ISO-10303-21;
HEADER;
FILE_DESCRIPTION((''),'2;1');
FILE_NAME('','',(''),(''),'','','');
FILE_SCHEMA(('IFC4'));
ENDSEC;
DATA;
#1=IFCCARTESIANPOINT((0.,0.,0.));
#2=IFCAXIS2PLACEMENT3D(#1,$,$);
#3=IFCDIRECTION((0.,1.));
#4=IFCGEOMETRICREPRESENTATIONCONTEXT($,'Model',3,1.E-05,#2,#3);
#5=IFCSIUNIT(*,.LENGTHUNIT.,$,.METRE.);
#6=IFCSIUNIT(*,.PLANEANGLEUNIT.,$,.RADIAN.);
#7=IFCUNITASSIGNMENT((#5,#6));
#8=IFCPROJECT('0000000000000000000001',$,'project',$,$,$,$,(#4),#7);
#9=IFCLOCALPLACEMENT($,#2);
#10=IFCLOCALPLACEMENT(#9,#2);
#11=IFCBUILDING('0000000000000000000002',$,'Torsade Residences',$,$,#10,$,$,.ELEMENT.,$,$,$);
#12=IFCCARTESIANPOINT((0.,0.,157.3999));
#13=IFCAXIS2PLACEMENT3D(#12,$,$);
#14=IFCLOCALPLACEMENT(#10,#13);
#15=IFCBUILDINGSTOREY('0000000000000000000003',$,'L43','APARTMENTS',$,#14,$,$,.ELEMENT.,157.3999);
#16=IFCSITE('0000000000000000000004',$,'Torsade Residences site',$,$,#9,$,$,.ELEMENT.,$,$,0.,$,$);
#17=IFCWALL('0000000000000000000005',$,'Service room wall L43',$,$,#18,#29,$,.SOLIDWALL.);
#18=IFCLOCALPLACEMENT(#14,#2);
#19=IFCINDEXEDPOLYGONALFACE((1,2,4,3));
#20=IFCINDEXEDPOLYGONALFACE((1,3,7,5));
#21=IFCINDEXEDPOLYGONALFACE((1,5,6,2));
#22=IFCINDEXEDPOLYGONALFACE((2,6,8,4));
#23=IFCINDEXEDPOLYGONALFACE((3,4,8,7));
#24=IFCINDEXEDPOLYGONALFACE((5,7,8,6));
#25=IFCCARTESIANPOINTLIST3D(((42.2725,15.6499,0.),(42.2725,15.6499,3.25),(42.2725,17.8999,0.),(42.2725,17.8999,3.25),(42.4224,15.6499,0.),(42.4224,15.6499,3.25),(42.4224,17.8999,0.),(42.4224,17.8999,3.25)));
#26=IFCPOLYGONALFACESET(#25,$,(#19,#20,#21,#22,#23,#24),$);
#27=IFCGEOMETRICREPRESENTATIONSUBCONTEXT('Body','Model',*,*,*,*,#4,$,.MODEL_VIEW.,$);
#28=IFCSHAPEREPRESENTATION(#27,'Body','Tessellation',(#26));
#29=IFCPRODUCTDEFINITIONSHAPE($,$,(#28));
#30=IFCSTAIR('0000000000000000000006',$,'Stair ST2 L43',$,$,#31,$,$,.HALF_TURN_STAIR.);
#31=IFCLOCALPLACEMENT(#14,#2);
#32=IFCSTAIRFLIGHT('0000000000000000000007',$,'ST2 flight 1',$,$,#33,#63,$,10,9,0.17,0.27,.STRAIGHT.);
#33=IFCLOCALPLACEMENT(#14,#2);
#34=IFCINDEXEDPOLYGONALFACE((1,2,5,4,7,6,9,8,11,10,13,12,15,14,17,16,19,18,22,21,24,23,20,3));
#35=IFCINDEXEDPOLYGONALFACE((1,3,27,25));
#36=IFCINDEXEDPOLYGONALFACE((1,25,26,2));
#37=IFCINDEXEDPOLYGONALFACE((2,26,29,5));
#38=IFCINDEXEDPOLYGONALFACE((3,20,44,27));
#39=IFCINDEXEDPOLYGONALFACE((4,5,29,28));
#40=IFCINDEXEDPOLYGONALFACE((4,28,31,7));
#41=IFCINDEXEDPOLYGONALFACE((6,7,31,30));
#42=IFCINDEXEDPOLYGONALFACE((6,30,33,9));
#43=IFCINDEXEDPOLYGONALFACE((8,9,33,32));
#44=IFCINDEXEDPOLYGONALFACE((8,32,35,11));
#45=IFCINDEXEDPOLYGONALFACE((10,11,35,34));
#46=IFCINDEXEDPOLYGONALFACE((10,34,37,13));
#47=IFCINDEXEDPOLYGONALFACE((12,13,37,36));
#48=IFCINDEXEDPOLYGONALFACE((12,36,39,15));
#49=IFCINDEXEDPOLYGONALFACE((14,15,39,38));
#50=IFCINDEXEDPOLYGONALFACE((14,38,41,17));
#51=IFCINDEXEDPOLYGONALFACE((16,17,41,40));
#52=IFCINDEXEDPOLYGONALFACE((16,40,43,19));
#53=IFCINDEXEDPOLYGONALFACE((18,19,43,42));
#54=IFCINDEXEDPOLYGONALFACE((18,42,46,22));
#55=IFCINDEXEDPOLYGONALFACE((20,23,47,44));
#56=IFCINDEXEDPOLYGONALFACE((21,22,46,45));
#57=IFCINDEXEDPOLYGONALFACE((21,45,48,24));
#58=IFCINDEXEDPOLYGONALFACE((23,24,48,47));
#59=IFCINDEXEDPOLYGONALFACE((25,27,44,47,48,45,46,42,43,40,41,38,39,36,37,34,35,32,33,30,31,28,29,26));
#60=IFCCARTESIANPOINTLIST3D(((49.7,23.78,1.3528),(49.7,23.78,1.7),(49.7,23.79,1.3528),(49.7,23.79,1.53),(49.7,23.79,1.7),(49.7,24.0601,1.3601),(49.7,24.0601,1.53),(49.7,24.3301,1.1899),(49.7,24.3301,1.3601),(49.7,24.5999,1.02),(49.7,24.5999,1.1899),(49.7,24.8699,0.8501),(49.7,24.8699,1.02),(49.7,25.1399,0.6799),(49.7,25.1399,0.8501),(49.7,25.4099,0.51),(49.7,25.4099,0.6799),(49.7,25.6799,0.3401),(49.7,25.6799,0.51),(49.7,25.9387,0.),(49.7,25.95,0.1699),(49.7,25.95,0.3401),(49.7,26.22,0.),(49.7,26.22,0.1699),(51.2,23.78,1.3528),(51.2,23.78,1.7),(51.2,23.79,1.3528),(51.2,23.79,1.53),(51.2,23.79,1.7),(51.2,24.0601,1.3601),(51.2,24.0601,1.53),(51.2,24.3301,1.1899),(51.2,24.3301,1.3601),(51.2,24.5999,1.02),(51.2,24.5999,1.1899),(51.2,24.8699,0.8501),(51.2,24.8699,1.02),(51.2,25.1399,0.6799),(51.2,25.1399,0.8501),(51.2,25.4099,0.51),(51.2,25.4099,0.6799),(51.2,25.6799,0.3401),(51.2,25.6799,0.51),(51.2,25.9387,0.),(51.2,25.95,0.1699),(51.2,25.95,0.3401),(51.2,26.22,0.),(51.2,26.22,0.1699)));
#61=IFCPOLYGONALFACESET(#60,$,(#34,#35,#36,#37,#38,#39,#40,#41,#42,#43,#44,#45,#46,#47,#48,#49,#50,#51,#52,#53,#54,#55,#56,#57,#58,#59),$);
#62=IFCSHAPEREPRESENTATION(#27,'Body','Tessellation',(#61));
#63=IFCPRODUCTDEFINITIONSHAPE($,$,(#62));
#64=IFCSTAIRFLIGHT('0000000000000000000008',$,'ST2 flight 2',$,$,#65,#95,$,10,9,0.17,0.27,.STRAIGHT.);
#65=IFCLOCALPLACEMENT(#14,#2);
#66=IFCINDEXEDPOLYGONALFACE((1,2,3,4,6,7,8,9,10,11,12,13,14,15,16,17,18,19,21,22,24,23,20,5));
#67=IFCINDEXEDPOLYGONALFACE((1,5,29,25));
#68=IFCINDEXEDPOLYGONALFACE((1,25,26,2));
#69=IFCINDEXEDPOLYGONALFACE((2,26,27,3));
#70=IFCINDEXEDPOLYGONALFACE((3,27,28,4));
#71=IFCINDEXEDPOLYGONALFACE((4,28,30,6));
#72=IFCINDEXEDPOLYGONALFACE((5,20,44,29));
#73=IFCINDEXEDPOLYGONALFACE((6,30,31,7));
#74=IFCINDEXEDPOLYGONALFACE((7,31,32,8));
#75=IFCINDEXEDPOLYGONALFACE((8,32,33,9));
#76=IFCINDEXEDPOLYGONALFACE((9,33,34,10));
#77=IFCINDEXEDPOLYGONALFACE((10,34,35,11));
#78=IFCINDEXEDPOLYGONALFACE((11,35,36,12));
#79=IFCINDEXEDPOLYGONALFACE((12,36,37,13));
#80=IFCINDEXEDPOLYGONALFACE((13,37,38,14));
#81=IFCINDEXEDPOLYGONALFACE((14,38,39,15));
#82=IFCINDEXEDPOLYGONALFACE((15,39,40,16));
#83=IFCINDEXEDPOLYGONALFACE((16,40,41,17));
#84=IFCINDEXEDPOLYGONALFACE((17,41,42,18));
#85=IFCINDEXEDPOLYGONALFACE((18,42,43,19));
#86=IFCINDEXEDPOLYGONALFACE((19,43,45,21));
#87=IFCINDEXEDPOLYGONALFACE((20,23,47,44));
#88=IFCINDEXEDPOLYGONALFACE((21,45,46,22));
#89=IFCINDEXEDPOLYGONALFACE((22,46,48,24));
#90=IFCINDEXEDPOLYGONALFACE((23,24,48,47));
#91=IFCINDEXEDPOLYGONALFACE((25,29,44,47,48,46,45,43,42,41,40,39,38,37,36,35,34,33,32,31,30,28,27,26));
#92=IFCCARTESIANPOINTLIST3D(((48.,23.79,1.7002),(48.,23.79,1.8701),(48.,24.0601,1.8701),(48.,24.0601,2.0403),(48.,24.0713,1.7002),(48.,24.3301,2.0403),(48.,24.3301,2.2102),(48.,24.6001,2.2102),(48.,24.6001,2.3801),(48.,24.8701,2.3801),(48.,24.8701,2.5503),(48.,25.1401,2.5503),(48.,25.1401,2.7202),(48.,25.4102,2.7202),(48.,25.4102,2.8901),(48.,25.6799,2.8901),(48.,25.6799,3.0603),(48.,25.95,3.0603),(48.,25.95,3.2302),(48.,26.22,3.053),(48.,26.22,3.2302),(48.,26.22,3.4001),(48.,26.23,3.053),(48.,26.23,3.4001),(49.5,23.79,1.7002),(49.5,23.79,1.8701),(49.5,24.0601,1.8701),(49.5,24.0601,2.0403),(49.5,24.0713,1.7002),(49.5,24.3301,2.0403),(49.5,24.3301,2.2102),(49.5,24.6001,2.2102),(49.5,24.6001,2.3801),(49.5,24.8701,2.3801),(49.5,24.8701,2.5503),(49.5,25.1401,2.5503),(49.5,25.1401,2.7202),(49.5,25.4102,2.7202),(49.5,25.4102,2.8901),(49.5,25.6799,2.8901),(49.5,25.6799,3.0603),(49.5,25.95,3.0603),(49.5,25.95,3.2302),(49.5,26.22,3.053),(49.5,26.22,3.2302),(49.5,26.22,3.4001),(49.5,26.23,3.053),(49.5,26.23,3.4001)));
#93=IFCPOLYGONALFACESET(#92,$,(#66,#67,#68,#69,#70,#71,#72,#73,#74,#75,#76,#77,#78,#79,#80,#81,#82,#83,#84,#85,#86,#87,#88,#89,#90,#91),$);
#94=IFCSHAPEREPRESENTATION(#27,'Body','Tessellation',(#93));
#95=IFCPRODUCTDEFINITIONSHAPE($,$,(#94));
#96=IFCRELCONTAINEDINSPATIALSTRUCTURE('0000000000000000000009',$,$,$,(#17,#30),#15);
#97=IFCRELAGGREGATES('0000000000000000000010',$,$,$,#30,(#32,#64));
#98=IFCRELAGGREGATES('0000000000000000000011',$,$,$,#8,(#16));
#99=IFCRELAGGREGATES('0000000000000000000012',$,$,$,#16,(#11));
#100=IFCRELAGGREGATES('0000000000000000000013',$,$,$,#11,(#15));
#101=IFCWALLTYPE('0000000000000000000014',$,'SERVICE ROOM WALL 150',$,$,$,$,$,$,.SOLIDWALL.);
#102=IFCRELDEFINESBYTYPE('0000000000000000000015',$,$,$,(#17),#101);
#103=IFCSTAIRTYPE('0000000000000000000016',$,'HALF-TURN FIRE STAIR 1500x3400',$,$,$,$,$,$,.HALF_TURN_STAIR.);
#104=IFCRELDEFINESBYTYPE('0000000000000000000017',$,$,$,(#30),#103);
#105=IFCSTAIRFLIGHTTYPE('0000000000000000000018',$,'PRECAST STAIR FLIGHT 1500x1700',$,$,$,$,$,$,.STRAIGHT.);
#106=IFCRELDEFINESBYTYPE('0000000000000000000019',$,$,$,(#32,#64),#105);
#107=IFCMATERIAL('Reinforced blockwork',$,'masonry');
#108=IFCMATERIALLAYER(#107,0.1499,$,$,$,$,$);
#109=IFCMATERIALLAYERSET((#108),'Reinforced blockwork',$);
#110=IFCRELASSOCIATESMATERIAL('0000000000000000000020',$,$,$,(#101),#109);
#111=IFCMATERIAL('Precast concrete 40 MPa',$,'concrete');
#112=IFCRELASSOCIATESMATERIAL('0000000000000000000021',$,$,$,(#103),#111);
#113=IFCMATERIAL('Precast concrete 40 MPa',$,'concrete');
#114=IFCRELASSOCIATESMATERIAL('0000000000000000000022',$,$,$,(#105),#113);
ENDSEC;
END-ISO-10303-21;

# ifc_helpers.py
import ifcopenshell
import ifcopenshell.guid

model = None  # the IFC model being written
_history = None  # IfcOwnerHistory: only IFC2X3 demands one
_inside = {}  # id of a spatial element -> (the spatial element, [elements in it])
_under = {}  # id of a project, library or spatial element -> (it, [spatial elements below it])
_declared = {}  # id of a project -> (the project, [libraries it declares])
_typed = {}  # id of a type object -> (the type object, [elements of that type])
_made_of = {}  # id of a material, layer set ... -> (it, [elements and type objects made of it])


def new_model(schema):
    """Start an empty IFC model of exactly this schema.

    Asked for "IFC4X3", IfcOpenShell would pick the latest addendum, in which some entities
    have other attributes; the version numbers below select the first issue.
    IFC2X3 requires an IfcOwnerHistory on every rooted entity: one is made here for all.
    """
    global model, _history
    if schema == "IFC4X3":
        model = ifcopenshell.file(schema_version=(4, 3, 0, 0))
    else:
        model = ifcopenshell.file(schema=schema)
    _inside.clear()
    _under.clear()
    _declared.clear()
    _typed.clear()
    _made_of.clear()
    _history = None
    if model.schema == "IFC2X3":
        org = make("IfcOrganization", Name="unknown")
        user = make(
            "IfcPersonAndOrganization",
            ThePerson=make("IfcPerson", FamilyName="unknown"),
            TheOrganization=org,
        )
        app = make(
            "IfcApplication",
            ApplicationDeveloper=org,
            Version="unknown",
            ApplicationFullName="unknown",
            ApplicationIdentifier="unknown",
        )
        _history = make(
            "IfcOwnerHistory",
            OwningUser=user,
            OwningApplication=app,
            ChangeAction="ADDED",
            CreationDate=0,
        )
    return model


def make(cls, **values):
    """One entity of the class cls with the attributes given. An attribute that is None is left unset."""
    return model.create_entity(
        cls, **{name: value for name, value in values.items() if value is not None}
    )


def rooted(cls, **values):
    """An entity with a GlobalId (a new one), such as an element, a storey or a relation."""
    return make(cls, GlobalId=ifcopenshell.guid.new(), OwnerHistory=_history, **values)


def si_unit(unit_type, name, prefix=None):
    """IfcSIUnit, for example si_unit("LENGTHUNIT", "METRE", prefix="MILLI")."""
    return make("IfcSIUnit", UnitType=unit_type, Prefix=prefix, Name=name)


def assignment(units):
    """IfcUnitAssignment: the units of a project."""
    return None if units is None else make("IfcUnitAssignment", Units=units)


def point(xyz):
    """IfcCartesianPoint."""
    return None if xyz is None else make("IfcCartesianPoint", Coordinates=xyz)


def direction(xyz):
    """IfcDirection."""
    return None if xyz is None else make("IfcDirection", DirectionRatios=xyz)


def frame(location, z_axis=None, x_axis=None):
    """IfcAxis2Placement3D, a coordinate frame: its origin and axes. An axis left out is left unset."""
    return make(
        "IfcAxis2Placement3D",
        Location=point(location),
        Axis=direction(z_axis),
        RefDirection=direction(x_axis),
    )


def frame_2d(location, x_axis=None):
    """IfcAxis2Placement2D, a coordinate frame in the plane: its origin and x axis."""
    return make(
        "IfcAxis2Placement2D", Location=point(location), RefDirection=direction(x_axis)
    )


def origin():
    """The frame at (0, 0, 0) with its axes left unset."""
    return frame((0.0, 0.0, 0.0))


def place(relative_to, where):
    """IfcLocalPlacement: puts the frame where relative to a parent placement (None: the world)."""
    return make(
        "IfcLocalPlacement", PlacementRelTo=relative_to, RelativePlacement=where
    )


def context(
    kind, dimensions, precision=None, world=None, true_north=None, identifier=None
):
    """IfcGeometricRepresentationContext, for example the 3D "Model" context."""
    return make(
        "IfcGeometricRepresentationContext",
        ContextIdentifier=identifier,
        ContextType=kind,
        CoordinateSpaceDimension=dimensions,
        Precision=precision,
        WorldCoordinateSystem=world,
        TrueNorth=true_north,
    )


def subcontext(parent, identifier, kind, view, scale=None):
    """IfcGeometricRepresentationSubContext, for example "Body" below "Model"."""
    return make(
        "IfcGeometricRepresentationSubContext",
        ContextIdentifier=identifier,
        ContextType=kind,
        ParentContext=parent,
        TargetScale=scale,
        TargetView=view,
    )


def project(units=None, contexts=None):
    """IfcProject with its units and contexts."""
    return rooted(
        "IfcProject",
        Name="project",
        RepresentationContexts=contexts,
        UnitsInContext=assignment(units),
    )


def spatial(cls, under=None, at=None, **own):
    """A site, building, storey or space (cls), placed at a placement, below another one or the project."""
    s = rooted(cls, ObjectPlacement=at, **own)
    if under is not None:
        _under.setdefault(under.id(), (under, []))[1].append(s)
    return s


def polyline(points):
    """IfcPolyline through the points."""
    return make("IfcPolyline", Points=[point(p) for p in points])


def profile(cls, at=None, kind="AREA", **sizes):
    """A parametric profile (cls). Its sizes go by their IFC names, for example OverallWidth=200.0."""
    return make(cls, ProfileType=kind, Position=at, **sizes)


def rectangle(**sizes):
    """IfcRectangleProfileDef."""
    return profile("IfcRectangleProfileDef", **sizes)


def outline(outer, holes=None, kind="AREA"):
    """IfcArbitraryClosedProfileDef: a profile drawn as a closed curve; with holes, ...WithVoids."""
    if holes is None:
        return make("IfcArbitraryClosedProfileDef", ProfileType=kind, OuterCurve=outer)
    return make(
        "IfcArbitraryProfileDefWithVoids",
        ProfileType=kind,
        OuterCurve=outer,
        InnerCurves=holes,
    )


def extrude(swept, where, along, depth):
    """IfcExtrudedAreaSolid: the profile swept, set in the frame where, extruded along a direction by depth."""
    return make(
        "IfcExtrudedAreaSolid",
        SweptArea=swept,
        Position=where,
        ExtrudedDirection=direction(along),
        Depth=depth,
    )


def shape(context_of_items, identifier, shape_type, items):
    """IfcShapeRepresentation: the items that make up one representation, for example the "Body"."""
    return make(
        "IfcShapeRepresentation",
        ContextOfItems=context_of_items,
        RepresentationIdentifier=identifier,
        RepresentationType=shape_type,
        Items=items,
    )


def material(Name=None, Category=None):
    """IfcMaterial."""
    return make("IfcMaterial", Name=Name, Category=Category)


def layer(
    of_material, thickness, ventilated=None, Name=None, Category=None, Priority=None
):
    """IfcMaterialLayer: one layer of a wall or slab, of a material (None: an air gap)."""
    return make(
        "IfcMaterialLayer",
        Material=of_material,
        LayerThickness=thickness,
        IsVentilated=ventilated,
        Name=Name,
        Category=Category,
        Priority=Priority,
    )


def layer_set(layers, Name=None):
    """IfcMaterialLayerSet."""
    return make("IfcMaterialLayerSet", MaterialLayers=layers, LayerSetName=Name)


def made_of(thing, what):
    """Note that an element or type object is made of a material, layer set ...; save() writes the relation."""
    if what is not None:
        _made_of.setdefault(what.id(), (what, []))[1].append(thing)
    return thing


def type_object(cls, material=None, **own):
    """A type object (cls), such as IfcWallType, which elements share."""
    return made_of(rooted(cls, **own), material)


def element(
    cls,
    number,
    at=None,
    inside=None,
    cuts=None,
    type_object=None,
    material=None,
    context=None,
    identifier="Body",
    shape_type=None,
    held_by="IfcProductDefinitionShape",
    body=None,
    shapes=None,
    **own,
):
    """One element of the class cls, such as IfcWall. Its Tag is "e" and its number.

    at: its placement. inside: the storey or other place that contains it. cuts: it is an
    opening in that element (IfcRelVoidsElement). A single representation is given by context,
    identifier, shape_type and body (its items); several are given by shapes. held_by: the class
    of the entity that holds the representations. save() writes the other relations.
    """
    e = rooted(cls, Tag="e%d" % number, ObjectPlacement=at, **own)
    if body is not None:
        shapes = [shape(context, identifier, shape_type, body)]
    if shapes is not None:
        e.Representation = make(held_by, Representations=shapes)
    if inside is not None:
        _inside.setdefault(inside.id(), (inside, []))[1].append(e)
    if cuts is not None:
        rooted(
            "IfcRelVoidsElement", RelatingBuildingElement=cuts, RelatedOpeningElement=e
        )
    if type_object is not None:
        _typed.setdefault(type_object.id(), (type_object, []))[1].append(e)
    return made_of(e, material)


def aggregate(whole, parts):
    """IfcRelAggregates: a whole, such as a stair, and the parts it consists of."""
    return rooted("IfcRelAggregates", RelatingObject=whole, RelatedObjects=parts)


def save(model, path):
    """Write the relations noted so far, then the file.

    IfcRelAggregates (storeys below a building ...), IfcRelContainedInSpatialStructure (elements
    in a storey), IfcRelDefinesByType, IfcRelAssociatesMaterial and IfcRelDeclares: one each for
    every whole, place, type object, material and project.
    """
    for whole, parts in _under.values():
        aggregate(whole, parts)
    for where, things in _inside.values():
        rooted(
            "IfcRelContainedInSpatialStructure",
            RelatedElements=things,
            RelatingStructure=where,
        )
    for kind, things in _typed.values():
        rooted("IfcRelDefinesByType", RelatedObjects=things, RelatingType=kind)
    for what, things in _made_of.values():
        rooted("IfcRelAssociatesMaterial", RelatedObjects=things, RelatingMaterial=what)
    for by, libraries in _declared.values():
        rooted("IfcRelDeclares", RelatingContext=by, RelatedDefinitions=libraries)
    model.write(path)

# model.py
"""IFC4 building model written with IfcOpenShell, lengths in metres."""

from ifc_helpers import new_model, si_unit, direction, frame, frame_2d, origin, place, context, subcontext, project, spatial, polyline, rectangle, outline, extrude, material, layer, layer_set, type_object, element, aggregate, save


model = new_model("IFC4")

# Units and contexts
model_context = context("Model", 3, precision=1e-05, world=origin(), true_north=direction((0.0, 1.0)))
body_context = subcontext(model_context, "Body", "Model", "MODEL_VIEW")
ifc_project = project(units=[si_unit("LENGTHUNIT", "METRE"), si_unit("PLANEANGLEUNIT", "RADIAN")], contexts=[model_context])

# Site, building, storey
site_placement = place(None, origin())
site = spatial("IfcSite", under=ifc_project, at=site_placement, Name="Torsade Residences site", CompositionType="ELEMENT", RefElevation=0.0)
building_placement = place(site_placement, origin())
building = spatial("IfcBuilding", under=site, at=building_placement, Name="Torsade Residences", CompositionType="ELEMENT")
storey_placement = place(building_placement, frame((0.0, 0.0, 157.3999)))
storey = spatial("IfcBuildingStorey", under=building, at=storey_placement, Name="L43", Description="APARTMENTS", CompositionType="ELEMENT", Elevation=157.3999)

# Wall
ifc_material_1 = material(Name="Reinforced blockwork", Category="masonry")
ifc_layer_1 = layer(ifc_material_1, 0.1499)
ifc_layer_set_1 = layer_set([ifc_layer_1], Name="Reinforced blockwork")
wall_type_1 = type_object("IfcWallType", Name="SERVICE ROOM WALL 150", PredefinedType="SOLIDWALL", material=ifc_layer_set_1)
wall_1_placement = place(storey_placement, frame((42.3474, 15.6499, 0.0), z_axis=(0.0, 0.0, 1.0), x_axis=(0.0, 1.0, 0.0)))
element("IfcWall", 1, at=wall_1_placement, inside=storey, type_object=wall_type_1, Name="Service room wall L43", PredefinedType="SOLIDWALL", context=body_context, shape_type="SweptSolid", body=[
    extrude(rectangle(XDim=2.25, YDim=0.1499, at=frame_2d((1.125, 0.0))), origin(), (0.0, 0.0, 1.0), 3.25),
])

# Stair, stair flights
ifc_material_2 = material(Name="Precast concrete 40 MPa", Category="concrete")
stair_type = type_object("IfcStairType", Name="HALF-TURN FIRE STAIR 1500x3400", PredefinedType="HALF_TURN_STAIR", material=ifc_material_2)
stair_placement = place(storey_placement, origin())
stair = element("IfcStair", 2, at=stair_placement, inside=storey, type_object=stair_type, Name="Stair ST2 L43", PredefinedType="HALF_TURN_STAIR")
ifc_material_3 = material(Name="Precast concrete 40 MPa", Category="concrete")
stair_flight_type = type_object("IfcStairFlightType", Name="PRECAST STAIR FLIGHT 1500x1700", PredefinedType="STRAIGHT", material=ifc_material_3)
stair_flight_1_placement = place(storey_placement, frame((50.45, 26.22, 0.0), z_axis=(0.0, 0.0, 1.0), x_axis=(0.0, -1.0, 0.0)))
stair_flight_1 = element("IfcStairFlight", 3, at=stair_flight_1_placement, type_object=stair_flight_type, Name="ST2 flight 1", NumberOfRisers=10, NumberOfTreads=9, PredefinedType="STRAIGHT", RiserHeight=0.17, TreadLength=0.27, context=body_context, shape_type="SweptSolid", body=[
    extrude(outline(polyline([(0.0, 0.0), (0.0, 0.1699), (0.27, 0.1699), (0.27, 0.3401), (0.54, 0.3401), (0.54, 0.51), (0.8101, 0.51), (0.8101, 0.6799), (1.0801, 0.6799), (1.0801, 0.8501), (1.3501, 0.8501), (1.3501, 1.02), (1.6201, 1.02), (1.6201, 1.1899), (1.8899, 1.1899), (1.8899, 1.3601), (2.1599, 1.3601), (2.1599, 1.53), (2.4299, 1.53), (2.4299, 1.7), (2.4399, 1.7), (2.4399, 1.3528), (2.4299, 1.3528), (0.2812, 0.0), (0.0, 0.0)])), frame((0.0, 0.75, 0.0), z_axis=(0.0, -1.0, 0.0), x_axis=(1.0, 0.0, 0.0)), (0.0, 0.0, 1.0), 1.5),
])
stair_flight_2_placement = place(storey_placement, frame((48.75, 23.79, 1.7002), z_axis=(0.0, 0.0, 1.0), x_axis=(0.0, 1.0, 0.0)))
stair_flight_2 = element("IfcStairFlight", 4, at=stair_flight_2_placement, type_object=stair_flight_type, Name="ST2 flight 2", NumberOfRisers=10, NumberOfTreads=9, PredefinedType="STRAIGHT", RiserHeight=0.17, TreadLength=0.27, context=body_context, shape_type="SweptSolid", body=[
    extrude(outline(polyline([(0.0, 0.0), (0.0, 0.1699), (0.27, 0.1699), (0.27, 0.3401), (0.54, 0.3401), (0.54, 0.51), (0.8101, 0.51), (0.8101, 0.6799), (1.0801, 0.6799), (1.0801, 0.8501), (1.3501, 0.8501), (1.3501, 1.02), (1.6201, 1.02), (1.6201, 1.1899), (1.8899, 1.1899), (1.8899, 1.3601), (2.1599, 1.3601), (2.1599, 1.53), (2.4299, 1.53), (2.4299, 1.7), (2.4399, 1.7), (2.4399, 1.3528), (2.4299, 1.3528), (0.2812, 0.0), (0.0, 0.0)])), frame((0.0, 0.75, 0.0), z_axis=(0.0, -1.0, 0.0), x_axis=(1.0, 0.0, 0.0)), (0.0, 0.0, 1.0), 1.5),
])
aggregate(stair, [stair_flight_1, stair_flight_2])

save(model, "model.ifc")
